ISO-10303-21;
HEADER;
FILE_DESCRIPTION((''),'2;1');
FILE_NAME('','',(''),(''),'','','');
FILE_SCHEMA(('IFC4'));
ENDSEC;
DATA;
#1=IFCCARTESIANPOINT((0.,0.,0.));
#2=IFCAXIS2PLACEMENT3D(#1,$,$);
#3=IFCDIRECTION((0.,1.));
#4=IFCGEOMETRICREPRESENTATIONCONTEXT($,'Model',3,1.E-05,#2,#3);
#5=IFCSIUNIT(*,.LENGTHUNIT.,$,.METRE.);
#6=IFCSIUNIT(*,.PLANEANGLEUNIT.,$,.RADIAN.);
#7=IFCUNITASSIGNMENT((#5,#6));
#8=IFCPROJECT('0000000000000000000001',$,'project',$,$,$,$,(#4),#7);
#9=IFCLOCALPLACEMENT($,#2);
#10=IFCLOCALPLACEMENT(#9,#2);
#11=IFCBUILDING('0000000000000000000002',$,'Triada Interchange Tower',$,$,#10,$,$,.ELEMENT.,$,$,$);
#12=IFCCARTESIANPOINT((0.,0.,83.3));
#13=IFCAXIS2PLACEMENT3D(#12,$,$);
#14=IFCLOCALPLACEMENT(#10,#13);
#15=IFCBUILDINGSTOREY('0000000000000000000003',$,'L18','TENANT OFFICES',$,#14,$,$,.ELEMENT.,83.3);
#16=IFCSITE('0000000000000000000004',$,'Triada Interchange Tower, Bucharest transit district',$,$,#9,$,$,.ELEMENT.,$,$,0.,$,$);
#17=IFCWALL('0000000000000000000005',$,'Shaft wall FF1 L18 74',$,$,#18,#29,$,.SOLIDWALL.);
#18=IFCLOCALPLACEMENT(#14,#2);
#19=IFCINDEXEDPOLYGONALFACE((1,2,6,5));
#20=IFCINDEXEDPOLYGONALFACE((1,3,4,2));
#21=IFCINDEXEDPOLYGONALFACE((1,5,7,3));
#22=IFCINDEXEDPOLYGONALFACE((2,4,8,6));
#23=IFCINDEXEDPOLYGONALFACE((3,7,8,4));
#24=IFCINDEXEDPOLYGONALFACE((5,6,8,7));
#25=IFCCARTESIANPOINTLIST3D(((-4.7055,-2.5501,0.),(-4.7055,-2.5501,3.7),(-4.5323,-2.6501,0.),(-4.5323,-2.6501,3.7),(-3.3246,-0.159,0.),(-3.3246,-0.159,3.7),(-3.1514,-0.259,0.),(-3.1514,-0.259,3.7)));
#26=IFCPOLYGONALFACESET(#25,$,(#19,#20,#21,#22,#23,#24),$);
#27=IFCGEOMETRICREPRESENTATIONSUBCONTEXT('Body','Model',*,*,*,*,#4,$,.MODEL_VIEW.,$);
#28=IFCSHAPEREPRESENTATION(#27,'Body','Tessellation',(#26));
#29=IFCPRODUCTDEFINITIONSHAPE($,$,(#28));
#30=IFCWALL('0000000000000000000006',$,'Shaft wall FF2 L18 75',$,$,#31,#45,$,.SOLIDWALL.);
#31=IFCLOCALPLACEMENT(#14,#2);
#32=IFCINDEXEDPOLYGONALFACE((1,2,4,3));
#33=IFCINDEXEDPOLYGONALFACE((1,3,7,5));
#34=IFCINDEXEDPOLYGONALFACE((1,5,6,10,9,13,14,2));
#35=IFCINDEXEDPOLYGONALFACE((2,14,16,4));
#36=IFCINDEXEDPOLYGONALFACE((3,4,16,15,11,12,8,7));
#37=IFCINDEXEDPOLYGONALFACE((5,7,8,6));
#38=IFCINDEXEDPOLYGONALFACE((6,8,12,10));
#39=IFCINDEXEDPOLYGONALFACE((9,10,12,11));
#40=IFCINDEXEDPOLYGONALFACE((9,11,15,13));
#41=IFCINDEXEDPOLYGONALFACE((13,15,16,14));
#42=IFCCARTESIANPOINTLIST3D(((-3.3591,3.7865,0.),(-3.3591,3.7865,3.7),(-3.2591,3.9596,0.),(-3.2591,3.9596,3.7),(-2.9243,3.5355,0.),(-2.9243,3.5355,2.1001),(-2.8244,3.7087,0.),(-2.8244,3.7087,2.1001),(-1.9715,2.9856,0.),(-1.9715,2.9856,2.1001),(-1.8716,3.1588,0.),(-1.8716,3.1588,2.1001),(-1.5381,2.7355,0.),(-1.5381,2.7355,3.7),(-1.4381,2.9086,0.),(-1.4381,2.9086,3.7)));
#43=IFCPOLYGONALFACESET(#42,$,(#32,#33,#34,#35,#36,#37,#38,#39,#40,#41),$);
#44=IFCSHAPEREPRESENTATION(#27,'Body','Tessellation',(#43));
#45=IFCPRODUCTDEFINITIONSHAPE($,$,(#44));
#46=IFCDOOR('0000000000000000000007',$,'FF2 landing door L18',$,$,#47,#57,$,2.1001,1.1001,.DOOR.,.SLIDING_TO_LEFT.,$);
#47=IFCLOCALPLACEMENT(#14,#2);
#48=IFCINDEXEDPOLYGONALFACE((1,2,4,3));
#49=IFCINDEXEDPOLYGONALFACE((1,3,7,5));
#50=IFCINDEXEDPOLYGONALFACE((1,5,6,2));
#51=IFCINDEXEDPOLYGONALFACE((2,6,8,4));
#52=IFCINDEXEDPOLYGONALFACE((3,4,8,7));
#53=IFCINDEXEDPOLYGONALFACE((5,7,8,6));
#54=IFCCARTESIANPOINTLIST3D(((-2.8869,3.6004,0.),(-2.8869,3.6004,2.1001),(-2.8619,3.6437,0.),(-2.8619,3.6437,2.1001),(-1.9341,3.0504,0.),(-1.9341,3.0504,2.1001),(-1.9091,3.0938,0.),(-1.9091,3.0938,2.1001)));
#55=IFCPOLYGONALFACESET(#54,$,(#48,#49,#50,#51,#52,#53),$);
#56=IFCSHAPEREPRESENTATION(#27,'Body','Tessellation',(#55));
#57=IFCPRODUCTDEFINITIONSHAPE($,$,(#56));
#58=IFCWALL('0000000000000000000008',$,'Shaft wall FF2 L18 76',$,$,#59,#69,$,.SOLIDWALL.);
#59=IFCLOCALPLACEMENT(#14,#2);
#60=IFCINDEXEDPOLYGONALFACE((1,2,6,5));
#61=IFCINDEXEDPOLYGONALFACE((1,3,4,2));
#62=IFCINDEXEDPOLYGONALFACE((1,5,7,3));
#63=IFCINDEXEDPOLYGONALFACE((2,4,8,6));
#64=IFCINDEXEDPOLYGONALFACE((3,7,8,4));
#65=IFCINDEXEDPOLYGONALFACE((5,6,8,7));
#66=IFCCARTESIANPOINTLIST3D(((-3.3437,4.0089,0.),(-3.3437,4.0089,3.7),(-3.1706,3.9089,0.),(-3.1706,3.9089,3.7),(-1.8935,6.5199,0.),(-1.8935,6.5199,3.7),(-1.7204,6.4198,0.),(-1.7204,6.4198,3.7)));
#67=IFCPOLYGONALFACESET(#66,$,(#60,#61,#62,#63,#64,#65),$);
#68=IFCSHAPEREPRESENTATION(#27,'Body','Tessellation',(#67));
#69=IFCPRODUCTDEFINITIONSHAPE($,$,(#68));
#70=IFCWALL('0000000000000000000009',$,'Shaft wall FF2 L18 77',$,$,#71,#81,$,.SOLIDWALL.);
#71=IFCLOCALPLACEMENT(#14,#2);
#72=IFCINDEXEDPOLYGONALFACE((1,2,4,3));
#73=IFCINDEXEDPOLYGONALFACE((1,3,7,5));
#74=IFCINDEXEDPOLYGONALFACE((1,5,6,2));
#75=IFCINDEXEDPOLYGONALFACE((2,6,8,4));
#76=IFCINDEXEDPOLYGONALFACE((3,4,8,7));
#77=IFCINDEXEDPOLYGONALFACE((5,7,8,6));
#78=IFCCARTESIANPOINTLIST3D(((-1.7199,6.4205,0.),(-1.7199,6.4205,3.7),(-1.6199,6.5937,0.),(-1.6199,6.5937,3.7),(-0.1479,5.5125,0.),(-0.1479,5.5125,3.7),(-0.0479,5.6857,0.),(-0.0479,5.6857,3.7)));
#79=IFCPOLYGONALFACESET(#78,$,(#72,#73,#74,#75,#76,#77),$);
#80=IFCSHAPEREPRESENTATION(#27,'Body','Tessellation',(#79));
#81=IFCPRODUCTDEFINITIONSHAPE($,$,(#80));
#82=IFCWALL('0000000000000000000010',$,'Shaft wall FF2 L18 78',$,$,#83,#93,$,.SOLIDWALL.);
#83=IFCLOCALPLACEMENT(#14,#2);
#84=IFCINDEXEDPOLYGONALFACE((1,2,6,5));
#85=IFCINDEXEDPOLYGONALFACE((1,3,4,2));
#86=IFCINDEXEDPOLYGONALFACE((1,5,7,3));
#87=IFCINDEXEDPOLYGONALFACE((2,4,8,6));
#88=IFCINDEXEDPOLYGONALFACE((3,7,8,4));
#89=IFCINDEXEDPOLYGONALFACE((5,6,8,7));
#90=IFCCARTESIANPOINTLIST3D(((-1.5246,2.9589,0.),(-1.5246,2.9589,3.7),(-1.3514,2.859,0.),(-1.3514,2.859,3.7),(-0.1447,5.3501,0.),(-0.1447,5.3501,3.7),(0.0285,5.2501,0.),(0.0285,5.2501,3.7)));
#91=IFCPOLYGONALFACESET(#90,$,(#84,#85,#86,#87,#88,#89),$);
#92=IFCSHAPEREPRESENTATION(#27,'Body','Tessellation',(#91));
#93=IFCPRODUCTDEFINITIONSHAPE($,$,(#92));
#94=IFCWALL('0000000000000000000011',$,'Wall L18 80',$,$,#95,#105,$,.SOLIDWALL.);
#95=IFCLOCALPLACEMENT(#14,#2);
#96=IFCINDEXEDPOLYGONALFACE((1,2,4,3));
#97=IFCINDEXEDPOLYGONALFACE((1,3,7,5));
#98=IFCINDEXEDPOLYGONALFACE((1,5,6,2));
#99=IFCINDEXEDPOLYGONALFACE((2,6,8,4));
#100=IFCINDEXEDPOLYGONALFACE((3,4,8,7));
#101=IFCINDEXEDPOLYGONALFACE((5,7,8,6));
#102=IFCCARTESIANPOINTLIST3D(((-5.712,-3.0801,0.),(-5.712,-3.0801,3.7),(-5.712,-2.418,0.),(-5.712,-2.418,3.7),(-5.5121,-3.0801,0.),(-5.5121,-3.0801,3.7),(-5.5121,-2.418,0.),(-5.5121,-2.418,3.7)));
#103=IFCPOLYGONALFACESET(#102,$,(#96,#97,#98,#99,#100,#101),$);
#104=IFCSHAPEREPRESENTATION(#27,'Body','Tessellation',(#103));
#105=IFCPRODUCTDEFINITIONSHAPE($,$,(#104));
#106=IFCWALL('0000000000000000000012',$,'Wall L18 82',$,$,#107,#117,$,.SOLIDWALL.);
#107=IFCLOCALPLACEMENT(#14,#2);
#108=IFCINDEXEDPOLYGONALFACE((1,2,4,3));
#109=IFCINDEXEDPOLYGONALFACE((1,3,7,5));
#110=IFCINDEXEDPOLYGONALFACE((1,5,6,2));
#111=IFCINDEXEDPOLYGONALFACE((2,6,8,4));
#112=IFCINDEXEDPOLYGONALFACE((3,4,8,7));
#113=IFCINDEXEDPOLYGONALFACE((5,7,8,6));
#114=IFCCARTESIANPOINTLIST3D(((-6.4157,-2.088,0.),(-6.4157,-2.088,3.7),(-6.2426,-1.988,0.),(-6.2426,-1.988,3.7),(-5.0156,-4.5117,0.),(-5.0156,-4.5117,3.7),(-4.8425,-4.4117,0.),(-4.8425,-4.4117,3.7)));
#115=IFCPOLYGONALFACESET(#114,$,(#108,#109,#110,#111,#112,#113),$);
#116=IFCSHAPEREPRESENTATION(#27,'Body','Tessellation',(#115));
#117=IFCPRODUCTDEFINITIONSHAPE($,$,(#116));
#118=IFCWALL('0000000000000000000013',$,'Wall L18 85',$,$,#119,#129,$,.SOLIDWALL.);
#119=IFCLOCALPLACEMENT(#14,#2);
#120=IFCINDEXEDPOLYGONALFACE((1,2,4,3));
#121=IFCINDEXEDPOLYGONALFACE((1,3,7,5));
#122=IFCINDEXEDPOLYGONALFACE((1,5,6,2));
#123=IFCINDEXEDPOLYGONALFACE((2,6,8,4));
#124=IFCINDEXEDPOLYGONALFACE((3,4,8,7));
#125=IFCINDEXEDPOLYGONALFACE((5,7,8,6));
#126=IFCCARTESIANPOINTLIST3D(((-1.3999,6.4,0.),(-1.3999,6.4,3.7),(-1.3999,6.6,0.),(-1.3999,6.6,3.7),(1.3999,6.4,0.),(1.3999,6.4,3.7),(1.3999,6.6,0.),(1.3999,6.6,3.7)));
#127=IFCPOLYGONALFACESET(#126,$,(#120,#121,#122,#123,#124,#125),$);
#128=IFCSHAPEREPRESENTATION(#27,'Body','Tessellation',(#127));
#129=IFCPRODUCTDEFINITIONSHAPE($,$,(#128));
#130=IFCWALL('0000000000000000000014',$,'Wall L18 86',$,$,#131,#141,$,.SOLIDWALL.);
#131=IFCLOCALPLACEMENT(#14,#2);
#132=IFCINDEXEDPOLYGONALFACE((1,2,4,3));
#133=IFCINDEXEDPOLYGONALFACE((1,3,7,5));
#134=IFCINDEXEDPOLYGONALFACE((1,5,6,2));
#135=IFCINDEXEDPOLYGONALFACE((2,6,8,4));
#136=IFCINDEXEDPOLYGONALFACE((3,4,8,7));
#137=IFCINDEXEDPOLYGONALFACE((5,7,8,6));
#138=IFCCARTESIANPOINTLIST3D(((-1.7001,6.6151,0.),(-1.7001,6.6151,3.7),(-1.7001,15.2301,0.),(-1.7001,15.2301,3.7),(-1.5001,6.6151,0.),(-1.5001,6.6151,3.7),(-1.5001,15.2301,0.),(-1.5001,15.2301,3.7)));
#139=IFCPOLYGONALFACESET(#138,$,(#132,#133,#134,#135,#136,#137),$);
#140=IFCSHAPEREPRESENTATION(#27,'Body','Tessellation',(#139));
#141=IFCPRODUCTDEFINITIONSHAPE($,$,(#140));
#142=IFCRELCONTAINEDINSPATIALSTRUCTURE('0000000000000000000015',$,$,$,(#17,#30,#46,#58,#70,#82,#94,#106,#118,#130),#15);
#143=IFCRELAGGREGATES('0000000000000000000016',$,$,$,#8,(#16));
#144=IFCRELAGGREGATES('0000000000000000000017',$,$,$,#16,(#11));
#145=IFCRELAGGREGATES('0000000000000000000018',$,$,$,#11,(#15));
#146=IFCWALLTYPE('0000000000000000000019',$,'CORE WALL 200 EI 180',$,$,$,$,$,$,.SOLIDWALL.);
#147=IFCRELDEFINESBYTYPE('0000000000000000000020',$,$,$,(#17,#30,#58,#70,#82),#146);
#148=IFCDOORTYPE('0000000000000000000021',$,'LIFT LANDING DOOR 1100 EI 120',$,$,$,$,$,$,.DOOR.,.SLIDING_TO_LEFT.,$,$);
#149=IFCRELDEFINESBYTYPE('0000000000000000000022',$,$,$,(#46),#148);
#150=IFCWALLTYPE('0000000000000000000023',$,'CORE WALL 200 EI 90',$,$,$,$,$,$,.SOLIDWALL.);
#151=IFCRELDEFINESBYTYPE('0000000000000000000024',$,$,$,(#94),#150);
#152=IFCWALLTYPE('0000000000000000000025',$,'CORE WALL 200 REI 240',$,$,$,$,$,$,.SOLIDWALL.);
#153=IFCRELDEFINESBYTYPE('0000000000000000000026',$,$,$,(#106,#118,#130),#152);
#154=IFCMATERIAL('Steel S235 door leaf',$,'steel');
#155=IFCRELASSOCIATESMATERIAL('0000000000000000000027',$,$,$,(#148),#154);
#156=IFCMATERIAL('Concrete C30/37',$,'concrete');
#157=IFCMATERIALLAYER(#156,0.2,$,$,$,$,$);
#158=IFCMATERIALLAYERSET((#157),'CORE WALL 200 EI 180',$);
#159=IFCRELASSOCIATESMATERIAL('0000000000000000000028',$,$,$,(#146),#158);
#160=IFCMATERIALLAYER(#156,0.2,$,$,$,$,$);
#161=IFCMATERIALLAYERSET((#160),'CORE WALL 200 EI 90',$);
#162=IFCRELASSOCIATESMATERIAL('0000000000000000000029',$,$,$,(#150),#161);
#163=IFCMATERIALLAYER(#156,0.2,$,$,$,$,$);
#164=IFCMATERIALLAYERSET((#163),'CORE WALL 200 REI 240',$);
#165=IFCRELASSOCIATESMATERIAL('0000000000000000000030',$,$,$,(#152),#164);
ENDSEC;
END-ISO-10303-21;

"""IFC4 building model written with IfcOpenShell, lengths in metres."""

from ifc_helpers import new_model, si_unit, direction, frame, frame_2d, origin, place, context, subcontext, project, spatial, rectangle, extrude, material, layer, layer_set, type_object, element, fill, save


model = new_model("IFC4")

# Units and contexts
model_context = context("Model", 3, precision=1e-05, world=origin(), true_north=direction((0.0, 1.0)))
body_context = subcontext(model_context, "Body", "Model", "MODEL_VIEW")
ifc_project = project(units=[si_unit("LENGTHUNIT", "METRE"), si_unit("PLANEANGLEUNIT", "RADIAN")], contexts=[model_context])

# Site, building, storey
site_placement = place(None, origin())
site = spatial("IfcSite", under=ifc_project, at=site_placement, Name="Triada Interchange Tower, Bucharest transit district", CompositionType="ELEMENT", RefElevation=0.0)
building_placement = place(site_placement, origin())
building = spatial("IfcBuilding", under=site, at=building_placement, Name="Triada Interchange Tower", CompositionType="ELEMENT")
storey_placement = place(building_placement, frame((0.0, 0.0, 83.3)))
storey = spatial("IfcBuildingStorey", under=building, at=storey_placement, Name="L18", Description="TENANT OFFICES", CompositionType="ELEMENT", Elevation=83.3)

# Shared definitions
ifc_material_1 = material(Name="Concrete C30/37", Category="concrete")
ifc_material_2 = material(Name="Steel S235 door leaf", Category="steel")
door_type = type_object("IfcDoorType", Name="LIFT LANDING DOOR 1100 EI 120", OperationType="SLIDING_TO_LEFT", PredefinedType="DOOR", material=ifc_material_2)

# Shared definitions
ifc_layer_1 = layer(ifc_material_1, 0.2)
ifc_layer_set_1 = layer_set([ifc_layer_1], Name="CORE WALL 200 EI 180")
wall_type_1 = type_object("IfcWallType", Name="CORE WALL 200 EI 180", PredefinedType="SOLIDWALL", material=ifc_layer_set_1)

# Wall
wall_1_placement = place(storey_placement, frame((-4.6189, -2.6001, 0.0), z_axis=(0.0, 0.0, 1.0), x_axis=(0.500095, 0.865971, 0.0)))
element("IfcWall", 1, at=wall_1_placement, inside=storey, type_object=wall_type_1, Name="Shaft wall FF1 L18 74", PredefinedType="SOLIDWALL", context=body_context, shape_type="SweptSolid", body=[
    extrude(rectangle(XDim=2.7612, YDim=0.2, at=frame_2d((1.3806, 0.0))), origin(), (0.0, 0.0, 1.0), 3.7),
])

# Wall, opening, door
wall_2_placement = place(storey_placement, frame((-3.3091, 3.873, 0.0), z_axis=(0.0, 0.0, 1.0), x_axis=(0.866099, -0.499873, 0.0)))
wall_2 = element("IfcWall", 2, at=wall_2_placement, inside=storey, type_object=wall_type_1, Name="Shaft wall FF2 L18 75", PredefinedType="SOLIDWALL", context=body_context, shape_type="SweptSolid", body=[
    extrude(rectangle(XDim=2.1025, YDim=0.2, at=frame_2d((1.0513, 0.0))), origin(), (0.0, 0.0, 1.0), 3.7),
])
opening_1_placement = place(wall_2_placement, frame((0.502, 0.0, 0.0)))
opening_1 = element("IfcOpeningElement", 3, at=opening_1_placement, cuts=wall_2, PredefinedType="OPENING", context=body_context, shape_type="SweptSolid", body=[
    extrude(rectangle(XDim=1.1001, YDim=2.1001, at=frame_2d((0.55, 1.05))), frame((0.0, 0.1099, 0.0), z_axis=(0.0, -1.0, 0.0), x_axis=(1.0, 0.0, 0.0)), (0.0, 0.0, 1.0), 0.22),
])
door_1_placement = place(opening_1_placement, origin())
door_1 = element("IfcDoor", 4, at=door_1_placement, inside=storey, type_object=door_type, Name="FF2 landing door L18", OperationType="SLIDING_TO_LEFT", OverallHeight=2.1001, OverallWidth=1.1001, PredefinedType="DOOR", context=body_context, shape_type="SweptSolid", body=[
    extrude(rectangle(XDim=1.1001, YDim=2.1001, at=frame_2d((0.55, 1.05))), frame((0.0, 0.0249, 0.0), z_axis=(0.0, -1.0, 0.0), x_axis=(1.0, 0.0, 0.0)), (0.0, 0.0, 1.0), 0.05),
])
fill(opening_1, door_1)

# Walls
wall_3_placement = place(storey_placement, frame((-3.2571, 3.959, 0.0), z_axis=(0.0, 0.0, 1.0), x_axis=(0.500123, 0.865954, 0.0)))
element("IfcWall", 5, at=wall_3_placement, inside=storey, type_object=wall_type_1, Name="Shaft wall FF2 L18 76", PredefinedType="SOLIDWALL", context=body_context, shape_type="SweptSolid", body=[
    extrude(rectangle(XDim=2.8997, YDim=0.2, at=frame_2d((1.4497, 0.0))), origin(), (0.0, 0.0, 1.0), 3.7),
])
wall_4_placement = place(storey_placement, frame((-1.6699, 6.5071, 0.0), z_axis=(0.0, 0.0, 1.0), x_axis=(0.865941, -0.500145, 0.0)))
element("IfcWall", 6, at=wall_4_placement, inside=storey, type_object=wall_type_1, Name="Shaft wall FF2 L18 77", PredefinedType="SOLIDWALL", context=body_context, shape_type="SweptSolid", body=[
    extrude(rectangle(XDim=1.8154, YDim=0.2, at=frame_2d((0.9077, 0.0))), origin(), (0.0, 0.0, 1.0), 3.7),
])
wall_5_placement = place(storey_placement, frame((-1.438, 2.9089, 0.0), z_axis=(0.0, 0.0, 1.0), x_axis=(0.49983, 0.866124, 0.0)))
element("IfcWall", 7, at=wall_5_placement, inside=storey, type_object=wall_type_1, Name="Shaft wall FF2 L18 78", PredefinedType="SOLIDWALL", context=body_context, shape_type="SweptSolid", body=[
    extrude(rectangle(XDim=2.7607, YDim=0.2, at=frame_2d((1.3804, 0.0))), origin(), (0.0, 0.0, 1.0), 3.7),
])
ifc_layer_2 = layer(ifc_material_1, 0.2)
ifc_layer_set_2 = layer_set([ifc_layer_2], Name="CORE WALL 200 EI 90")
wall_type_2 = type_object("IfcWallType", Name="CORE WALL 200 EI 90", PredefinedType="SOLIDWALL", material=ifc_layer_set_2)
wall_6_placement = place(storey_placement, frame((-5.6121, -3.0801, 0.0), z_axis=(0.0, 0.0, 1.0), x_axis=(0.0, 1.0, 0.0)))
element("IfcWall", 8, at=wall_6_placement, inside=storey, type_object=wall_type_2, Name="Wall L18 80", PredefinedType="SOLIDWALL", context=body_context, shape_type="SweptSolid", body=[
    extrude(rectangle(XDim=0.6621, YDim=0.2, at=frame_2d((0.3311, 0.0))), origin(), (0.0, 0.0, 1.0), 3.7),
])
ifc_layer_3 = layer(ifc_material_1, 0.2)
ifc_layer_set_3 = layer_set([ifc_layer_3], Name="CORE WALL 200 REI 240")
wall_type_3 = type_object("IfcWallType", Name="CORE WALL 200 REI 240", PredefinedType="SOLIDWALL", material=ifc_layer_set_3)
wall_7_placement = place(storey_placement, frame((-6.3291, -2.0381, 0.0), z_axis=(0.0, 0.0, 1.0), x_axis=(0.500201, -0.86591, 0.0)))
element("IfcWall", 9, at=wall_7_placement, inside=storey, type_object=wall_type_3, Name="Wall L18 82", PredefinedType="SOLIDWALL", context=body_context, shape_type="SweptSolid", body=[
    extrude(rectangle(XDim=2.7991, YDim=0.2, at=frame_2d((1.3994, 0.0))), origin(), (0.0, 0.0, 1.0), 3.7),
])
wall_8_placement = place(storey_placement, frame((-1.3999, 6.5, 0.0), z_axis=(0.0, 0.0, 1.0), x_axis=(1.0, 0.0, 0.0)))
element("IfcWall", 10, at=wall_8_placement, inside=storey, type_object=wall_type_3, Name="Wall L18 85", PredefinedType="SOLIDWALL", context=body_context, shape_type="SweptSolid", body=[
    extrude(rectangle(XDim=2.7998, YDim=0.2, at=frame_2d((1.3999, 0.0))), origin(), (0.0, 0.0, 1.0), 3.7),
])
wall_9_placement = place(storey_placement, frame((-1.6001, 6.615, 0.0), z_axis=(0.0, 0.0, 1.0), x_axis=(0.0, 1.0, 0.0)))
element("IfcWall", 11, at=wall_9_placement, inside=storey, type_object=wall_type_3, Name="Wall L18 86", PredefinedType="SOLIDWALL", context=body_context, shape_type="SweptSolid", body=[
    extrude(rectangle(XDim=8.615, YDim=0.2, at=frame_2d((4.3076, 0.0))), origin(), (0.0, 0.0, 1.0), 3.7),
])

save(model, "model.ifc")
